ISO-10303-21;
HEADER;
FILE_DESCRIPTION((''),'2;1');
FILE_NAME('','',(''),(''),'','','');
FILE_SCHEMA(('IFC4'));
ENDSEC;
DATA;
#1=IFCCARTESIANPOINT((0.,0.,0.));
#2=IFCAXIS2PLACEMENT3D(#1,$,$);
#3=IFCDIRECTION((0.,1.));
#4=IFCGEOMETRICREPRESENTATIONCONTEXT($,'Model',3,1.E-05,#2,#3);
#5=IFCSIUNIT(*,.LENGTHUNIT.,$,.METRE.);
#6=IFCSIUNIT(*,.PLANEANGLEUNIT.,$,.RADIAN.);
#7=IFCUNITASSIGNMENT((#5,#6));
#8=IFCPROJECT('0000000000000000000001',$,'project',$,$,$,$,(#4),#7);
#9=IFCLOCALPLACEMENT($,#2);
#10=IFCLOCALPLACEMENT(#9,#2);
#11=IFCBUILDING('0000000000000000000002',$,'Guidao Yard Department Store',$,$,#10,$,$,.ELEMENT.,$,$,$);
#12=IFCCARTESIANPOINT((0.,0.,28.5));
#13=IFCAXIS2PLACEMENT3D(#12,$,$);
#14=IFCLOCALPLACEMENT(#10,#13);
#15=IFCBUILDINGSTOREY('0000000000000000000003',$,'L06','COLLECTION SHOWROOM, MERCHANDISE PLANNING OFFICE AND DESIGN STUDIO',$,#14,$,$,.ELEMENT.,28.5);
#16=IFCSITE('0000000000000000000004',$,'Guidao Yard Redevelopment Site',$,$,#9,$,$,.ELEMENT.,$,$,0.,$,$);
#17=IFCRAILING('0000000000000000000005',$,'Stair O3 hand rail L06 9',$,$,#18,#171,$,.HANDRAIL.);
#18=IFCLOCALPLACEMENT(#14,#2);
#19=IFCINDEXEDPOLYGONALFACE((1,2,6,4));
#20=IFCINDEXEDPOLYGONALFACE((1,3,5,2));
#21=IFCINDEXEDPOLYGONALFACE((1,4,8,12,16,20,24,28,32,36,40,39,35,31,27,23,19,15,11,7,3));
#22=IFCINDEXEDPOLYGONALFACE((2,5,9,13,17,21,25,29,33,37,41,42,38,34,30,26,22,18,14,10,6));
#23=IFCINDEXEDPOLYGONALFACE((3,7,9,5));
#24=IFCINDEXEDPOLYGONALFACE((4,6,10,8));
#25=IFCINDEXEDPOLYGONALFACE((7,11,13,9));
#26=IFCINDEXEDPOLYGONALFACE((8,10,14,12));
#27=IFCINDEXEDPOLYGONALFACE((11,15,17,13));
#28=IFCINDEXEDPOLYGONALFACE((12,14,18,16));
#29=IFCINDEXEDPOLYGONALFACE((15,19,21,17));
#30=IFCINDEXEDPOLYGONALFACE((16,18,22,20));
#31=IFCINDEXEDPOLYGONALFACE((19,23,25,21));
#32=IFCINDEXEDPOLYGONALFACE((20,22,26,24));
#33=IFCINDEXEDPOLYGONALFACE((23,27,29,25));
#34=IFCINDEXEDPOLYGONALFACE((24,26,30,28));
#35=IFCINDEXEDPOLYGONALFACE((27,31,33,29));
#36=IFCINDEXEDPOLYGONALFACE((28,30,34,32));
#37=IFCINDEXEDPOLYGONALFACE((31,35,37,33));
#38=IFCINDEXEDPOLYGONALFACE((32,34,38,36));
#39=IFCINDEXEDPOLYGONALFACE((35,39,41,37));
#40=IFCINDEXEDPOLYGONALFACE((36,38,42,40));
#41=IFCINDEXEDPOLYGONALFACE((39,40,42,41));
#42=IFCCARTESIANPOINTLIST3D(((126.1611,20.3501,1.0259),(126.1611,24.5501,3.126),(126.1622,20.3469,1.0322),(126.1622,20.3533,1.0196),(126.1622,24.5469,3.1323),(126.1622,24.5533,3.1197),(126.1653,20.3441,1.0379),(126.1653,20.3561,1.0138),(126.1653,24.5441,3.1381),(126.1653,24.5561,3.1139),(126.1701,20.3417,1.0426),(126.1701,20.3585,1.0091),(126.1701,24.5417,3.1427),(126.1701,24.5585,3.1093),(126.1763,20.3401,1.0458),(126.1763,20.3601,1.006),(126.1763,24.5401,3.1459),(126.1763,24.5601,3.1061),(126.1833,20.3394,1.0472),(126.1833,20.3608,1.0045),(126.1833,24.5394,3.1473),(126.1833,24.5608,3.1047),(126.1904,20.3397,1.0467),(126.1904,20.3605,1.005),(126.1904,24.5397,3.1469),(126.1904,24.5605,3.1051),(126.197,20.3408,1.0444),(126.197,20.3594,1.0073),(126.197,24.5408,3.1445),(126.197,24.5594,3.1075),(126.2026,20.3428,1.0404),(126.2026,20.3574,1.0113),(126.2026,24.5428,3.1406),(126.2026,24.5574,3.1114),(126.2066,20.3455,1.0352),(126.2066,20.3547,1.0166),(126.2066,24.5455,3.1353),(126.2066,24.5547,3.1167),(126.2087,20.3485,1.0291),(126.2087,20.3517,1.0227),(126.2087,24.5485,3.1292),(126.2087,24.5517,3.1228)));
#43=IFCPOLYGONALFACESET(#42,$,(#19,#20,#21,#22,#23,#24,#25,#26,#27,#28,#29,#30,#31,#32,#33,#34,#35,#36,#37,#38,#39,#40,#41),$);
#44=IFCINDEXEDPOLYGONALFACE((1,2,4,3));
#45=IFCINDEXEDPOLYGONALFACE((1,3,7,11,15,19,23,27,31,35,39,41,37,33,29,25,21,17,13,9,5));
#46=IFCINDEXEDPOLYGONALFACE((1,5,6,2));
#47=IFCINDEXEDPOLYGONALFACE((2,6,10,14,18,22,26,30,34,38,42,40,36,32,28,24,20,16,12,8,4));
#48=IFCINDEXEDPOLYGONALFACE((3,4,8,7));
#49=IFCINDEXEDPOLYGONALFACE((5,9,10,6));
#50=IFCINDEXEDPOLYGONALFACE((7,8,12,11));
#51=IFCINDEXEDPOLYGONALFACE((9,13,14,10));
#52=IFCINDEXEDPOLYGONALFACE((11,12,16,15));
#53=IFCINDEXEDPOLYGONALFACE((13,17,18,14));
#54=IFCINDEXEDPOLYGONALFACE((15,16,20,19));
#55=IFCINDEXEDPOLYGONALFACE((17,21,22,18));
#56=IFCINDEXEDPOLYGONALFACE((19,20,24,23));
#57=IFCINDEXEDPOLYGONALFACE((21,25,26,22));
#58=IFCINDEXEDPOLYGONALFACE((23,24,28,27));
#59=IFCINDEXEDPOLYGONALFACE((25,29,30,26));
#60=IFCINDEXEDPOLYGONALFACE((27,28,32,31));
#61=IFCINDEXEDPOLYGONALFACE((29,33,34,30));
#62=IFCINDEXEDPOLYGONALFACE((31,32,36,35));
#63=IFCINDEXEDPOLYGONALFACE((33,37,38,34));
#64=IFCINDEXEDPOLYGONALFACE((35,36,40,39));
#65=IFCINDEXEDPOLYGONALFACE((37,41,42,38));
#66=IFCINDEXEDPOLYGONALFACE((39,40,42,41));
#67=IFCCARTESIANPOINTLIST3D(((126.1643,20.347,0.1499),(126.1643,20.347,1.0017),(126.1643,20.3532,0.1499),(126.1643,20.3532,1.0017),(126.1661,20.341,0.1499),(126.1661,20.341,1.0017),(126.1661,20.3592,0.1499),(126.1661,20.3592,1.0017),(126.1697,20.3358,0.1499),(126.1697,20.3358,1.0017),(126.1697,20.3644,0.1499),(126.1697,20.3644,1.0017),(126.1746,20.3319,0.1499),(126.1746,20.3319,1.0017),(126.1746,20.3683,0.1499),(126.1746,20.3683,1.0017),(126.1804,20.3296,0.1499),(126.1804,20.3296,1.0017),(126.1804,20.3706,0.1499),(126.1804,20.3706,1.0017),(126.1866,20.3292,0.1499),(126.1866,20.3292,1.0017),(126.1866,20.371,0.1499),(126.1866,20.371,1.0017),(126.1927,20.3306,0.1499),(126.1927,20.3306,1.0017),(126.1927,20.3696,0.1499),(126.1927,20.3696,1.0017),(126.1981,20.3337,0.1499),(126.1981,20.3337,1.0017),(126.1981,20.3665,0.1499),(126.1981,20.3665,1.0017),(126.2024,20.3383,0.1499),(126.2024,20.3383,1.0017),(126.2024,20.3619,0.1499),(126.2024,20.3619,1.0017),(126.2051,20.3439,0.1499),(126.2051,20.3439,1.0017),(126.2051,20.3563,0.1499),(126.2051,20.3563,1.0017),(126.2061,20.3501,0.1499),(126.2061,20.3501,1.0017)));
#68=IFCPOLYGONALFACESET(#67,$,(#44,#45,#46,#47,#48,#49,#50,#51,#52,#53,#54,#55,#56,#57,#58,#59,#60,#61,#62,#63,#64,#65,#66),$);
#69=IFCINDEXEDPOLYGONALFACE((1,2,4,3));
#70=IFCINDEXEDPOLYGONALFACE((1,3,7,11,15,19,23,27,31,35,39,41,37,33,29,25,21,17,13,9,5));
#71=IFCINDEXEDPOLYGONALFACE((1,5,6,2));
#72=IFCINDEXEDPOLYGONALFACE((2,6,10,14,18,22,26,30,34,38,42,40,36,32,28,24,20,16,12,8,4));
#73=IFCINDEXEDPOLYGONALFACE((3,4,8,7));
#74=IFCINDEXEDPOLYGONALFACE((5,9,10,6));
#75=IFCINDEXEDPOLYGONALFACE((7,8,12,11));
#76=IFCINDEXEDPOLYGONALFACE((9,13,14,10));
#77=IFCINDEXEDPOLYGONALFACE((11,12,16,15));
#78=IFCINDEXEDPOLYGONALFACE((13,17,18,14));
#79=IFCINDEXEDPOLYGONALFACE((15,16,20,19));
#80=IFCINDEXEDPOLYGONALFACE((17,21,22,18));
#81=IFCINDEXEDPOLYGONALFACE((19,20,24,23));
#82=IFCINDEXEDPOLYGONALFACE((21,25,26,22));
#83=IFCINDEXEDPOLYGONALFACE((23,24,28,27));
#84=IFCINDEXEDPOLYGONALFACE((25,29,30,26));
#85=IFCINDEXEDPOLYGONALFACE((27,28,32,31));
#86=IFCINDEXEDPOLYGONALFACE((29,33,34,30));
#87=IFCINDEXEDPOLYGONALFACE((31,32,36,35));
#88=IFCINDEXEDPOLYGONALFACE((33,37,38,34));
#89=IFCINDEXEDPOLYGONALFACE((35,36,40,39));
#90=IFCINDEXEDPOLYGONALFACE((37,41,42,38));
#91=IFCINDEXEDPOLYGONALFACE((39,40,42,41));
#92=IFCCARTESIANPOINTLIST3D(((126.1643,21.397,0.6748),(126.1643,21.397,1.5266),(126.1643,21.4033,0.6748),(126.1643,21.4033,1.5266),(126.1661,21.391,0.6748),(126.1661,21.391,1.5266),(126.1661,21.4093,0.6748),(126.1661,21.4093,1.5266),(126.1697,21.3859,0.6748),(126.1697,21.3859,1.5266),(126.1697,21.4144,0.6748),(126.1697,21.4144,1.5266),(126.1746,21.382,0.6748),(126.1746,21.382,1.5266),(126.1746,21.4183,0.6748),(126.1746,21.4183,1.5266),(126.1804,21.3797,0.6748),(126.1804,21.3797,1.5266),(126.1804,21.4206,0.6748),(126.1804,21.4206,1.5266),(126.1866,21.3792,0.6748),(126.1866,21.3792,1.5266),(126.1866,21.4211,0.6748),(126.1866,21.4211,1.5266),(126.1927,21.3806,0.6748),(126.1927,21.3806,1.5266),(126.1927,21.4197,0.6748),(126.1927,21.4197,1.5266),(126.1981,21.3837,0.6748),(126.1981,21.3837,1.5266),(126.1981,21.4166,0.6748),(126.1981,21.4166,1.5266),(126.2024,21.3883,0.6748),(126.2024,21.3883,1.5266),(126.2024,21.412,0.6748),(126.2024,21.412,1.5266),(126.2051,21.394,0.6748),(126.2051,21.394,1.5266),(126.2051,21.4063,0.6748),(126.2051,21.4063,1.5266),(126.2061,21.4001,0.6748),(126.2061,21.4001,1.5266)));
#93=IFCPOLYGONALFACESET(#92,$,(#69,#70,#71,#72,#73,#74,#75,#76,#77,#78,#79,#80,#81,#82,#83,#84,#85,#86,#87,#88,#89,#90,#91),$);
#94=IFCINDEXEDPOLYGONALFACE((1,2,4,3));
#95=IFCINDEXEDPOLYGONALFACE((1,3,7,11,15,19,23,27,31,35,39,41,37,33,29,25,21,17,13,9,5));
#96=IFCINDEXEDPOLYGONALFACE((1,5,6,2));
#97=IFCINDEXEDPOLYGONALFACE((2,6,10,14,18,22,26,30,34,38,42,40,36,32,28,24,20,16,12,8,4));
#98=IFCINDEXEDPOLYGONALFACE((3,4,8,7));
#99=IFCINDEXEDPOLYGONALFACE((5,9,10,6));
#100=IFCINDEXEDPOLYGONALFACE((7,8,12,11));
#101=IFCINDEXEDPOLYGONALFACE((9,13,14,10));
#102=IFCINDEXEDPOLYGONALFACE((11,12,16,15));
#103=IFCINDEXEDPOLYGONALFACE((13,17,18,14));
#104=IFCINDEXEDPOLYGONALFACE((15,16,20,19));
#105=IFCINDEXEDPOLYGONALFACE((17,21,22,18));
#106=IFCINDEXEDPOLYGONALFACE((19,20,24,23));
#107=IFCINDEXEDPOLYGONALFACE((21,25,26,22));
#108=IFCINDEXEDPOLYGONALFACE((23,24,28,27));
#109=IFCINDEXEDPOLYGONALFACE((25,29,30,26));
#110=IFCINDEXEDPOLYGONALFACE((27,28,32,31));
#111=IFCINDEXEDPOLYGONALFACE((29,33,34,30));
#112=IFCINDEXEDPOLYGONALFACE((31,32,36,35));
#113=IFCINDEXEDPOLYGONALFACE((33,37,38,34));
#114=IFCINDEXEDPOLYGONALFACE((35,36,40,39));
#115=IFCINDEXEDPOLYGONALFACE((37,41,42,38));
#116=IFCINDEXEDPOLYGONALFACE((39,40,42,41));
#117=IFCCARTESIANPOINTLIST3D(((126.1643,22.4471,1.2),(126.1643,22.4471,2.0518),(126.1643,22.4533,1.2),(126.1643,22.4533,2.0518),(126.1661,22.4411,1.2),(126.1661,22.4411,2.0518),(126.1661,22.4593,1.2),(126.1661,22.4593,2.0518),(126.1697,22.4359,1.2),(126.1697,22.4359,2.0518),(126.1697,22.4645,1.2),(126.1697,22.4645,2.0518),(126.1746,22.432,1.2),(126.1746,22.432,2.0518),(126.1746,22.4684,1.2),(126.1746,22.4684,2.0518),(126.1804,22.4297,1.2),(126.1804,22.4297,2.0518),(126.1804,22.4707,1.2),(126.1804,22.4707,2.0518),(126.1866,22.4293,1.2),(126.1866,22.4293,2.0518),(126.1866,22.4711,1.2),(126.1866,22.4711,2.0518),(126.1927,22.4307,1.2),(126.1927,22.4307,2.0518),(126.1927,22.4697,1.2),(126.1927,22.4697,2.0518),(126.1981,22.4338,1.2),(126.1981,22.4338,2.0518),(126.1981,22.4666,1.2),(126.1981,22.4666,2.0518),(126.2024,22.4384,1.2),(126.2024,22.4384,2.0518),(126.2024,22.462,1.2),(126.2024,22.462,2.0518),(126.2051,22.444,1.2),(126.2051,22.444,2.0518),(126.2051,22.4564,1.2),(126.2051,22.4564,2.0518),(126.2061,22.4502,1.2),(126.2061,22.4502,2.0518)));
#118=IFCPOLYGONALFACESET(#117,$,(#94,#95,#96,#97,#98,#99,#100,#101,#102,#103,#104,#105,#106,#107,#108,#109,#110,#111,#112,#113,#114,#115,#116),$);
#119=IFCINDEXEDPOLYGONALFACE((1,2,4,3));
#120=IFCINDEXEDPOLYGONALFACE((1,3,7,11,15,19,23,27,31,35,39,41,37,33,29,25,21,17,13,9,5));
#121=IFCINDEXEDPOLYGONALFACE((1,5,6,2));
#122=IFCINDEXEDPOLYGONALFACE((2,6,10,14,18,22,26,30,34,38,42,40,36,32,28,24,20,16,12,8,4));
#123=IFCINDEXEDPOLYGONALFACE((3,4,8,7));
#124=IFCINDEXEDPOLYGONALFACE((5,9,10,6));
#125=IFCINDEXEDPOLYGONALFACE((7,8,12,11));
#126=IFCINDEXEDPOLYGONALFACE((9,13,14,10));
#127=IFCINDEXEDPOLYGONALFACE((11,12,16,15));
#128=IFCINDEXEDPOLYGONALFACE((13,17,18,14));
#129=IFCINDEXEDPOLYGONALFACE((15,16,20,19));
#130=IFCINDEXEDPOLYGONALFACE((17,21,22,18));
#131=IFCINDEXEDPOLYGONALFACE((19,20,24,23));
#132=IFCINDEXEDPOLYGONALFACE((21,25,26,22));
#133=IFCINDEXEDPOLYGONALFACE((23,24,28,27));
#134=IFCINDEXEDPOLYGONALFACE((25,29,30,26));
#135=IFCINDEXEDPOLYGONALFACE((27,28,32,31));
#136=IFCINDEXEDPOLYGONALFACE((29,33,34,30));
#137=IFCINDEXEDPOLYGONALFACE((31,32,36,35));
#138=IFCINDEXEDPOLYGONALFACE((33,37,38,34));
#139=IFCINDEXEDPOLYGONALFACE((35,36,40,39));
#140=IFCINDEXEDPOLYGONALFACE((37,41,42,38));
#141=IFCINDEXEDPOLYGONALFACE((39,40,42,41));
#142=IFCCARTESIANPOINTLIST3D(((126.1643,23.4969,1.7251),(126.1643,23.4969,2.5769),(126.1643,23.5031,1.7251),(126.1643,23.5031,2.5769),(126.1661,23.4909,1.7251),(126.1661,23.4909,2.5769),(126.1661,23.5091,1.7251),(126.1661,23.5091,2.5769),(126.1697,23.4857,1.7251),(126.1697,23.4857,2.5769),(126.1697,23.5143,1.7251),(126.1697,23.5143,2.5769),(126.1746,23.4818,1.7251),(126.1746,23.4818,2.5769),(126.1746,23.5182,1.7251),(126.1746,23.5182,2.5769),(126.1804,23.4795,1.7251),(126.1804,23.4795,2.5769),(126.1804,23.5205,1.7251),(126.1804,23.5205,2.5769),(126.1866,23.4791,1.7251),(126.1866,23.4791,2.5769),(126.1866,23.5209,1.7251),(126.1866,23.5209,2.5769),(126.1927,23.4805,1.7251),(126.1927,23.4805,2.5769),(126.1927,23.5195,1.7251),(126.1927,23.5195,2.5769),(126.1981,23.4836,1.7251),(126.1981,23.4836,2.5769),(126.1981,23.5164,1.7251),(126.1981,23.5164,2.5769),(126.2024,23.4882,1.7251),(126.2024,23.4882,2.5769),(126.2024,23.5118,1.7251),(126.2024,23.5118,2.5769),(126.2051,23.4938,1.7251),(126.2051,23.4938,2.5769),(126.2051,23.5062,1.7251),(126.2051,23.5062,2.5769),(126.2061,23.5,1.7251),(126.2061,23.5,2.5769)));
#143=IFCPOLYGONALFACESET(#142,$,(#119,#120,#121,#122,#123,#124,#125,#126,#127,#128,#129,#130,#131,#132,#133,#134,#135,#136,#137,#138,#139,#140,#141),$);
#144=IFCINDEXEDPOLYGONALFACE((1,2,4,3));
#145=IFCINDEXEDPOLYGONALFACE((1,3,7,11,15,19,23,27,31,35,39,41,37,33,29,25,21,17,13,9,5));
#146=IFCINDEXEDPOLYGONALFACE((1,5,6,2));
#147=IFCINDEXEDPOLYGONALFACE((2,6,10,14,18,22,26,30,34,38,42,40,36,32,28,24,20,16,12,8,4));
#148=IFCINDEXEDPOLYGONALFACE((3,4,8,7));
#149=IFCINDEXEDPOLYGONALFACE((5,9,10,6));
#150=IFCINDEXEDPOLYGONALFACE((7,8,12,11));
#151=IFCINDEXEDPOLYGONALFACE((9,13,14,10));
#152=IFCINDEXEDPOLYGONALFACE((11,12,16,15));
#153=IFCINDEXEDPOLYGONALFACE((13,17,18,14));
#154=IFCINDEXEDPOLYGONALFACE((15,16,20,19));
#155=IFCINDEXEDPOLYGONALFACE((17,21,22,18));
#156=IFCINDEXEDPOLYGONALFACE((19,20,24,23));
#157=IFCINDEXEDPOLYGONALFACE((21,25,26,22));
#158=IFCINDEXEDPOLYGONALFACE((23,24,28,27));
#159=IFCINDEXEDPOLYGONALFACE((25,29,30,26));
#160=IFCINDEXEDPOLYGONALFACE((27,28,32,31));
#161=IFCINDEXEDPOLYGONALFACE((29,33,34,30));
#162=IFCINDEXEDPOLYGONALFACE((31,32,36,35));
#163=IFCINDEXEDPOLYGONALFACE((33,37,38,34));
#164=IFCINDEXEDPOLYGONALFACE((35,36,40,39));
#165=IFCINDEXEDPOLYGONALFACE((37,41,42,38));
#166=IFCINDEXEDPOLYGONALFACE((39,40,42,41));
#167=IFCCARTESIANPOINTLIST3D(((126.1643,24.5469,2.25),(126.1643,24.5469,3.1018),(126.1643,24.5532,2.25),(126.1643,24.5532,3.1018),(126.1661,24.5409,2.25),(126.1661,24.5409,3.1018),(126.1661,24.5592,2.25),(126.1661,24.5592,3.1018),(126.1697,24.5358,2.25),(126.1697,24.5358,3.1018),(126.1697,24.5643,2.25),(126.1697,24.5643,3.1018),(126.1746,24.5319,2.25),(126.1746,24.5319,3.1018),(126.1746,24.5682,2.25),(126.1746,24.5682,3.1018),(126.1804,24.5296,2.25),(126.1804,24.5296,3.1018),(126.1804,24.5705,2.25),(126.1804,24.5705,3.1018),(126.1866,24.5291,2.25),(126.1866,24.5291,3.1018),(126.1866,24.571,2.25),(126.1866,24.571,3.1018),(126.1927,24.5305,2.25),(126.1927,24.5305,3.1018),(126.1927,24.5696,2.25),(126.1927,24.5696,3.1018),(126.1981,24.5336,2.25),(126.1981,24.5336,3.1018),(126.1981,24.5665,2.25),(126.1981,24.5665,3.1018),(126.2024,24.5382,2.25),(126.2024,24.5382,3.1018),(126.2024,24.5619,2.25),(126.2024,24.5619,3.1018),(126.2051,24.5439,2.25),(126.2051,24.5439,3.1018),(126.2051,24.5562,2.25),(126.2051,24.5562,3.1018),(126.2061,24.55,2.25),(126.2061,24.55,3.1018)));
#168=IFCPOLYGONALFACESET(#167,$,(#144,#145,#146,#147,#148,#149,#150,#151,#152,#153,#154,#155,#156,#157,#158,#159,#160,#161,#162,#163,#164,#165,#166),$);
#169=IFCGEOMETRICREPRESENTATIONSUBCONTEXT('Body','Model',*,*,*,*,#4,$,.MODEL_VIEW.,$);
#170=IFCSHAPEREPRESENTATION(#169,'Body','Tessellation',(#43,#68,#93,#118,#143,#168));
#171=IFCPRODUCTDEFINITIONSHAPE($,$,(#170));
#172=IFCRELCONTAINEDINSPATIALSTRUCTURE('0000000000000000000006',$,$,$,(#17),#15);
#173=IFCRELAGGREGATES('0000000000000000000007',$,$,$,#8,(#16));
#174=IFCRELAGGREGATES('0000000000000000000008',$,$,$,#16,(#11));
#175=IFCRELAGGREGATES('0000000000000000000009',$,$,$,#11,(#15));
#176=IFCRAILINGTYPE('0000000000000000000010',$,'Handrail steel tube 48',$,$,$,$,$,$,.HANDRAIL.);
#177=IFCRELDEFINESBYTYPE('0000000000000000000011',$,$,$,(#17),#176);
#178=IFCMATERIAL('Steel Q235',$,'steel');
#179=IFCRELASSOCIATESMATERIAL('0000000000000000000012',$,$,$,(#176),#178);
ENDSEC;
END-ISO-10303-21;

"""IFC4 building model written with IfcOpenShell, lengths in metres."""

from ifc_helpers import new_model, si_unit, direction, frame, origin, origin_2d, place, context, subcontext, project, spatial, circle, extrude, material, type_object, element, save


model = new_model("IFC4")

# Units and contexts
model_context = context("Model", 3, precision=1e-05, world=origin(), true_north=direction((0.0, 1.0)))
body_context = subcontext(model_context, "Body", "Model", "MODEL_VIEW")
ifc_project = project(units=[si_unit("LENGTHUNIT", "METRE"), si_unit("PLANEANGLEUNIT", "RADIAN")], contexts=[model_context])

# Site, building, storey
site_placement = place(None, origin())
site = spatial("IfcSite", under=ifc_project, at=site_placement, Name="Guidao Yard Redevelopment Site", CompositionType="ELEMENT", RefElevation=0.0)
building_placement = place(site_placement, origin())
building = spatial("IfcBuilding", under=site, at=building_placement, Name="Guidao Yard Department Store", CompositionType="ELEMENT")
storey_placement = place(building_placement, frame((0.0, 0.0, 28.5)))
storey = spatial("IfcBuildingStorey", under=building, at=storey_placement, Name="L06", Description="COLLECTION SHOWROOM, MERCHANDISE PLANNING OFFICE AND DESIGN STUDIO", CompositionType="ELEMENT", Elevation=28.5)

# Railing
ifc_material_1 = material(Name="Steel Q235", Category="steel")
railing_type_1 = type_object("IfcRailingType", Name="Handrail steel tube 48", PredefinedType="HANDRAIL", material=ifc_material_1)
for number, where, name in (
    (1, (126.1851, 20.3501, 0.1499), "Stair O3 hand rail L06 9"),
):
    element("IfcRailing", number, at=place(storey_placement, frame(where)), inside=storey, type_object=railing_type_1, Name=name, PredefinedType="HANDRAIL", context=body_context, shape_type="SweptSolid", body=[
        extrude(circle(Radius=0.0239, at=origin_2d()), frame((0.0, 0.0, 0.876), z_axis=(0.0, 0.894417, 0.447234), x_axis=(-1.0, 0.0, 0.0)), (0.0, 0.0, 1.0), 4.6958),
        extrude(circle(Radius=0.021, at=origin_2d()), origin(), (0.0, 0.0, 1.0), 0.8518),
        extrude(circle(Radius=0.021, at=origin_2d()), frame((0.0, 1.05, 0.5249)), (0.0, 0.0, 1.0), 0.8518),
        extrude(circle(Radius=0.021, at=origin_2d()), frame((0.0, 2.1001, 1.05)), (0.0, 0.0, 1.0), 0.8518),
        extrude(circle(Radius=0.021, at=origin_2d()), frame((0.0, 3.1499, 1.5752)), (0.0, 0.0, 1.0), 0.8518),
        extrude(circle(Radius=0.021, at=origin_2d()), frame((0.0, 4.2, 2.1001)), (0.0, 0.0, 1.0), 0.8518),
    ])

save(model, "model.ifc")
